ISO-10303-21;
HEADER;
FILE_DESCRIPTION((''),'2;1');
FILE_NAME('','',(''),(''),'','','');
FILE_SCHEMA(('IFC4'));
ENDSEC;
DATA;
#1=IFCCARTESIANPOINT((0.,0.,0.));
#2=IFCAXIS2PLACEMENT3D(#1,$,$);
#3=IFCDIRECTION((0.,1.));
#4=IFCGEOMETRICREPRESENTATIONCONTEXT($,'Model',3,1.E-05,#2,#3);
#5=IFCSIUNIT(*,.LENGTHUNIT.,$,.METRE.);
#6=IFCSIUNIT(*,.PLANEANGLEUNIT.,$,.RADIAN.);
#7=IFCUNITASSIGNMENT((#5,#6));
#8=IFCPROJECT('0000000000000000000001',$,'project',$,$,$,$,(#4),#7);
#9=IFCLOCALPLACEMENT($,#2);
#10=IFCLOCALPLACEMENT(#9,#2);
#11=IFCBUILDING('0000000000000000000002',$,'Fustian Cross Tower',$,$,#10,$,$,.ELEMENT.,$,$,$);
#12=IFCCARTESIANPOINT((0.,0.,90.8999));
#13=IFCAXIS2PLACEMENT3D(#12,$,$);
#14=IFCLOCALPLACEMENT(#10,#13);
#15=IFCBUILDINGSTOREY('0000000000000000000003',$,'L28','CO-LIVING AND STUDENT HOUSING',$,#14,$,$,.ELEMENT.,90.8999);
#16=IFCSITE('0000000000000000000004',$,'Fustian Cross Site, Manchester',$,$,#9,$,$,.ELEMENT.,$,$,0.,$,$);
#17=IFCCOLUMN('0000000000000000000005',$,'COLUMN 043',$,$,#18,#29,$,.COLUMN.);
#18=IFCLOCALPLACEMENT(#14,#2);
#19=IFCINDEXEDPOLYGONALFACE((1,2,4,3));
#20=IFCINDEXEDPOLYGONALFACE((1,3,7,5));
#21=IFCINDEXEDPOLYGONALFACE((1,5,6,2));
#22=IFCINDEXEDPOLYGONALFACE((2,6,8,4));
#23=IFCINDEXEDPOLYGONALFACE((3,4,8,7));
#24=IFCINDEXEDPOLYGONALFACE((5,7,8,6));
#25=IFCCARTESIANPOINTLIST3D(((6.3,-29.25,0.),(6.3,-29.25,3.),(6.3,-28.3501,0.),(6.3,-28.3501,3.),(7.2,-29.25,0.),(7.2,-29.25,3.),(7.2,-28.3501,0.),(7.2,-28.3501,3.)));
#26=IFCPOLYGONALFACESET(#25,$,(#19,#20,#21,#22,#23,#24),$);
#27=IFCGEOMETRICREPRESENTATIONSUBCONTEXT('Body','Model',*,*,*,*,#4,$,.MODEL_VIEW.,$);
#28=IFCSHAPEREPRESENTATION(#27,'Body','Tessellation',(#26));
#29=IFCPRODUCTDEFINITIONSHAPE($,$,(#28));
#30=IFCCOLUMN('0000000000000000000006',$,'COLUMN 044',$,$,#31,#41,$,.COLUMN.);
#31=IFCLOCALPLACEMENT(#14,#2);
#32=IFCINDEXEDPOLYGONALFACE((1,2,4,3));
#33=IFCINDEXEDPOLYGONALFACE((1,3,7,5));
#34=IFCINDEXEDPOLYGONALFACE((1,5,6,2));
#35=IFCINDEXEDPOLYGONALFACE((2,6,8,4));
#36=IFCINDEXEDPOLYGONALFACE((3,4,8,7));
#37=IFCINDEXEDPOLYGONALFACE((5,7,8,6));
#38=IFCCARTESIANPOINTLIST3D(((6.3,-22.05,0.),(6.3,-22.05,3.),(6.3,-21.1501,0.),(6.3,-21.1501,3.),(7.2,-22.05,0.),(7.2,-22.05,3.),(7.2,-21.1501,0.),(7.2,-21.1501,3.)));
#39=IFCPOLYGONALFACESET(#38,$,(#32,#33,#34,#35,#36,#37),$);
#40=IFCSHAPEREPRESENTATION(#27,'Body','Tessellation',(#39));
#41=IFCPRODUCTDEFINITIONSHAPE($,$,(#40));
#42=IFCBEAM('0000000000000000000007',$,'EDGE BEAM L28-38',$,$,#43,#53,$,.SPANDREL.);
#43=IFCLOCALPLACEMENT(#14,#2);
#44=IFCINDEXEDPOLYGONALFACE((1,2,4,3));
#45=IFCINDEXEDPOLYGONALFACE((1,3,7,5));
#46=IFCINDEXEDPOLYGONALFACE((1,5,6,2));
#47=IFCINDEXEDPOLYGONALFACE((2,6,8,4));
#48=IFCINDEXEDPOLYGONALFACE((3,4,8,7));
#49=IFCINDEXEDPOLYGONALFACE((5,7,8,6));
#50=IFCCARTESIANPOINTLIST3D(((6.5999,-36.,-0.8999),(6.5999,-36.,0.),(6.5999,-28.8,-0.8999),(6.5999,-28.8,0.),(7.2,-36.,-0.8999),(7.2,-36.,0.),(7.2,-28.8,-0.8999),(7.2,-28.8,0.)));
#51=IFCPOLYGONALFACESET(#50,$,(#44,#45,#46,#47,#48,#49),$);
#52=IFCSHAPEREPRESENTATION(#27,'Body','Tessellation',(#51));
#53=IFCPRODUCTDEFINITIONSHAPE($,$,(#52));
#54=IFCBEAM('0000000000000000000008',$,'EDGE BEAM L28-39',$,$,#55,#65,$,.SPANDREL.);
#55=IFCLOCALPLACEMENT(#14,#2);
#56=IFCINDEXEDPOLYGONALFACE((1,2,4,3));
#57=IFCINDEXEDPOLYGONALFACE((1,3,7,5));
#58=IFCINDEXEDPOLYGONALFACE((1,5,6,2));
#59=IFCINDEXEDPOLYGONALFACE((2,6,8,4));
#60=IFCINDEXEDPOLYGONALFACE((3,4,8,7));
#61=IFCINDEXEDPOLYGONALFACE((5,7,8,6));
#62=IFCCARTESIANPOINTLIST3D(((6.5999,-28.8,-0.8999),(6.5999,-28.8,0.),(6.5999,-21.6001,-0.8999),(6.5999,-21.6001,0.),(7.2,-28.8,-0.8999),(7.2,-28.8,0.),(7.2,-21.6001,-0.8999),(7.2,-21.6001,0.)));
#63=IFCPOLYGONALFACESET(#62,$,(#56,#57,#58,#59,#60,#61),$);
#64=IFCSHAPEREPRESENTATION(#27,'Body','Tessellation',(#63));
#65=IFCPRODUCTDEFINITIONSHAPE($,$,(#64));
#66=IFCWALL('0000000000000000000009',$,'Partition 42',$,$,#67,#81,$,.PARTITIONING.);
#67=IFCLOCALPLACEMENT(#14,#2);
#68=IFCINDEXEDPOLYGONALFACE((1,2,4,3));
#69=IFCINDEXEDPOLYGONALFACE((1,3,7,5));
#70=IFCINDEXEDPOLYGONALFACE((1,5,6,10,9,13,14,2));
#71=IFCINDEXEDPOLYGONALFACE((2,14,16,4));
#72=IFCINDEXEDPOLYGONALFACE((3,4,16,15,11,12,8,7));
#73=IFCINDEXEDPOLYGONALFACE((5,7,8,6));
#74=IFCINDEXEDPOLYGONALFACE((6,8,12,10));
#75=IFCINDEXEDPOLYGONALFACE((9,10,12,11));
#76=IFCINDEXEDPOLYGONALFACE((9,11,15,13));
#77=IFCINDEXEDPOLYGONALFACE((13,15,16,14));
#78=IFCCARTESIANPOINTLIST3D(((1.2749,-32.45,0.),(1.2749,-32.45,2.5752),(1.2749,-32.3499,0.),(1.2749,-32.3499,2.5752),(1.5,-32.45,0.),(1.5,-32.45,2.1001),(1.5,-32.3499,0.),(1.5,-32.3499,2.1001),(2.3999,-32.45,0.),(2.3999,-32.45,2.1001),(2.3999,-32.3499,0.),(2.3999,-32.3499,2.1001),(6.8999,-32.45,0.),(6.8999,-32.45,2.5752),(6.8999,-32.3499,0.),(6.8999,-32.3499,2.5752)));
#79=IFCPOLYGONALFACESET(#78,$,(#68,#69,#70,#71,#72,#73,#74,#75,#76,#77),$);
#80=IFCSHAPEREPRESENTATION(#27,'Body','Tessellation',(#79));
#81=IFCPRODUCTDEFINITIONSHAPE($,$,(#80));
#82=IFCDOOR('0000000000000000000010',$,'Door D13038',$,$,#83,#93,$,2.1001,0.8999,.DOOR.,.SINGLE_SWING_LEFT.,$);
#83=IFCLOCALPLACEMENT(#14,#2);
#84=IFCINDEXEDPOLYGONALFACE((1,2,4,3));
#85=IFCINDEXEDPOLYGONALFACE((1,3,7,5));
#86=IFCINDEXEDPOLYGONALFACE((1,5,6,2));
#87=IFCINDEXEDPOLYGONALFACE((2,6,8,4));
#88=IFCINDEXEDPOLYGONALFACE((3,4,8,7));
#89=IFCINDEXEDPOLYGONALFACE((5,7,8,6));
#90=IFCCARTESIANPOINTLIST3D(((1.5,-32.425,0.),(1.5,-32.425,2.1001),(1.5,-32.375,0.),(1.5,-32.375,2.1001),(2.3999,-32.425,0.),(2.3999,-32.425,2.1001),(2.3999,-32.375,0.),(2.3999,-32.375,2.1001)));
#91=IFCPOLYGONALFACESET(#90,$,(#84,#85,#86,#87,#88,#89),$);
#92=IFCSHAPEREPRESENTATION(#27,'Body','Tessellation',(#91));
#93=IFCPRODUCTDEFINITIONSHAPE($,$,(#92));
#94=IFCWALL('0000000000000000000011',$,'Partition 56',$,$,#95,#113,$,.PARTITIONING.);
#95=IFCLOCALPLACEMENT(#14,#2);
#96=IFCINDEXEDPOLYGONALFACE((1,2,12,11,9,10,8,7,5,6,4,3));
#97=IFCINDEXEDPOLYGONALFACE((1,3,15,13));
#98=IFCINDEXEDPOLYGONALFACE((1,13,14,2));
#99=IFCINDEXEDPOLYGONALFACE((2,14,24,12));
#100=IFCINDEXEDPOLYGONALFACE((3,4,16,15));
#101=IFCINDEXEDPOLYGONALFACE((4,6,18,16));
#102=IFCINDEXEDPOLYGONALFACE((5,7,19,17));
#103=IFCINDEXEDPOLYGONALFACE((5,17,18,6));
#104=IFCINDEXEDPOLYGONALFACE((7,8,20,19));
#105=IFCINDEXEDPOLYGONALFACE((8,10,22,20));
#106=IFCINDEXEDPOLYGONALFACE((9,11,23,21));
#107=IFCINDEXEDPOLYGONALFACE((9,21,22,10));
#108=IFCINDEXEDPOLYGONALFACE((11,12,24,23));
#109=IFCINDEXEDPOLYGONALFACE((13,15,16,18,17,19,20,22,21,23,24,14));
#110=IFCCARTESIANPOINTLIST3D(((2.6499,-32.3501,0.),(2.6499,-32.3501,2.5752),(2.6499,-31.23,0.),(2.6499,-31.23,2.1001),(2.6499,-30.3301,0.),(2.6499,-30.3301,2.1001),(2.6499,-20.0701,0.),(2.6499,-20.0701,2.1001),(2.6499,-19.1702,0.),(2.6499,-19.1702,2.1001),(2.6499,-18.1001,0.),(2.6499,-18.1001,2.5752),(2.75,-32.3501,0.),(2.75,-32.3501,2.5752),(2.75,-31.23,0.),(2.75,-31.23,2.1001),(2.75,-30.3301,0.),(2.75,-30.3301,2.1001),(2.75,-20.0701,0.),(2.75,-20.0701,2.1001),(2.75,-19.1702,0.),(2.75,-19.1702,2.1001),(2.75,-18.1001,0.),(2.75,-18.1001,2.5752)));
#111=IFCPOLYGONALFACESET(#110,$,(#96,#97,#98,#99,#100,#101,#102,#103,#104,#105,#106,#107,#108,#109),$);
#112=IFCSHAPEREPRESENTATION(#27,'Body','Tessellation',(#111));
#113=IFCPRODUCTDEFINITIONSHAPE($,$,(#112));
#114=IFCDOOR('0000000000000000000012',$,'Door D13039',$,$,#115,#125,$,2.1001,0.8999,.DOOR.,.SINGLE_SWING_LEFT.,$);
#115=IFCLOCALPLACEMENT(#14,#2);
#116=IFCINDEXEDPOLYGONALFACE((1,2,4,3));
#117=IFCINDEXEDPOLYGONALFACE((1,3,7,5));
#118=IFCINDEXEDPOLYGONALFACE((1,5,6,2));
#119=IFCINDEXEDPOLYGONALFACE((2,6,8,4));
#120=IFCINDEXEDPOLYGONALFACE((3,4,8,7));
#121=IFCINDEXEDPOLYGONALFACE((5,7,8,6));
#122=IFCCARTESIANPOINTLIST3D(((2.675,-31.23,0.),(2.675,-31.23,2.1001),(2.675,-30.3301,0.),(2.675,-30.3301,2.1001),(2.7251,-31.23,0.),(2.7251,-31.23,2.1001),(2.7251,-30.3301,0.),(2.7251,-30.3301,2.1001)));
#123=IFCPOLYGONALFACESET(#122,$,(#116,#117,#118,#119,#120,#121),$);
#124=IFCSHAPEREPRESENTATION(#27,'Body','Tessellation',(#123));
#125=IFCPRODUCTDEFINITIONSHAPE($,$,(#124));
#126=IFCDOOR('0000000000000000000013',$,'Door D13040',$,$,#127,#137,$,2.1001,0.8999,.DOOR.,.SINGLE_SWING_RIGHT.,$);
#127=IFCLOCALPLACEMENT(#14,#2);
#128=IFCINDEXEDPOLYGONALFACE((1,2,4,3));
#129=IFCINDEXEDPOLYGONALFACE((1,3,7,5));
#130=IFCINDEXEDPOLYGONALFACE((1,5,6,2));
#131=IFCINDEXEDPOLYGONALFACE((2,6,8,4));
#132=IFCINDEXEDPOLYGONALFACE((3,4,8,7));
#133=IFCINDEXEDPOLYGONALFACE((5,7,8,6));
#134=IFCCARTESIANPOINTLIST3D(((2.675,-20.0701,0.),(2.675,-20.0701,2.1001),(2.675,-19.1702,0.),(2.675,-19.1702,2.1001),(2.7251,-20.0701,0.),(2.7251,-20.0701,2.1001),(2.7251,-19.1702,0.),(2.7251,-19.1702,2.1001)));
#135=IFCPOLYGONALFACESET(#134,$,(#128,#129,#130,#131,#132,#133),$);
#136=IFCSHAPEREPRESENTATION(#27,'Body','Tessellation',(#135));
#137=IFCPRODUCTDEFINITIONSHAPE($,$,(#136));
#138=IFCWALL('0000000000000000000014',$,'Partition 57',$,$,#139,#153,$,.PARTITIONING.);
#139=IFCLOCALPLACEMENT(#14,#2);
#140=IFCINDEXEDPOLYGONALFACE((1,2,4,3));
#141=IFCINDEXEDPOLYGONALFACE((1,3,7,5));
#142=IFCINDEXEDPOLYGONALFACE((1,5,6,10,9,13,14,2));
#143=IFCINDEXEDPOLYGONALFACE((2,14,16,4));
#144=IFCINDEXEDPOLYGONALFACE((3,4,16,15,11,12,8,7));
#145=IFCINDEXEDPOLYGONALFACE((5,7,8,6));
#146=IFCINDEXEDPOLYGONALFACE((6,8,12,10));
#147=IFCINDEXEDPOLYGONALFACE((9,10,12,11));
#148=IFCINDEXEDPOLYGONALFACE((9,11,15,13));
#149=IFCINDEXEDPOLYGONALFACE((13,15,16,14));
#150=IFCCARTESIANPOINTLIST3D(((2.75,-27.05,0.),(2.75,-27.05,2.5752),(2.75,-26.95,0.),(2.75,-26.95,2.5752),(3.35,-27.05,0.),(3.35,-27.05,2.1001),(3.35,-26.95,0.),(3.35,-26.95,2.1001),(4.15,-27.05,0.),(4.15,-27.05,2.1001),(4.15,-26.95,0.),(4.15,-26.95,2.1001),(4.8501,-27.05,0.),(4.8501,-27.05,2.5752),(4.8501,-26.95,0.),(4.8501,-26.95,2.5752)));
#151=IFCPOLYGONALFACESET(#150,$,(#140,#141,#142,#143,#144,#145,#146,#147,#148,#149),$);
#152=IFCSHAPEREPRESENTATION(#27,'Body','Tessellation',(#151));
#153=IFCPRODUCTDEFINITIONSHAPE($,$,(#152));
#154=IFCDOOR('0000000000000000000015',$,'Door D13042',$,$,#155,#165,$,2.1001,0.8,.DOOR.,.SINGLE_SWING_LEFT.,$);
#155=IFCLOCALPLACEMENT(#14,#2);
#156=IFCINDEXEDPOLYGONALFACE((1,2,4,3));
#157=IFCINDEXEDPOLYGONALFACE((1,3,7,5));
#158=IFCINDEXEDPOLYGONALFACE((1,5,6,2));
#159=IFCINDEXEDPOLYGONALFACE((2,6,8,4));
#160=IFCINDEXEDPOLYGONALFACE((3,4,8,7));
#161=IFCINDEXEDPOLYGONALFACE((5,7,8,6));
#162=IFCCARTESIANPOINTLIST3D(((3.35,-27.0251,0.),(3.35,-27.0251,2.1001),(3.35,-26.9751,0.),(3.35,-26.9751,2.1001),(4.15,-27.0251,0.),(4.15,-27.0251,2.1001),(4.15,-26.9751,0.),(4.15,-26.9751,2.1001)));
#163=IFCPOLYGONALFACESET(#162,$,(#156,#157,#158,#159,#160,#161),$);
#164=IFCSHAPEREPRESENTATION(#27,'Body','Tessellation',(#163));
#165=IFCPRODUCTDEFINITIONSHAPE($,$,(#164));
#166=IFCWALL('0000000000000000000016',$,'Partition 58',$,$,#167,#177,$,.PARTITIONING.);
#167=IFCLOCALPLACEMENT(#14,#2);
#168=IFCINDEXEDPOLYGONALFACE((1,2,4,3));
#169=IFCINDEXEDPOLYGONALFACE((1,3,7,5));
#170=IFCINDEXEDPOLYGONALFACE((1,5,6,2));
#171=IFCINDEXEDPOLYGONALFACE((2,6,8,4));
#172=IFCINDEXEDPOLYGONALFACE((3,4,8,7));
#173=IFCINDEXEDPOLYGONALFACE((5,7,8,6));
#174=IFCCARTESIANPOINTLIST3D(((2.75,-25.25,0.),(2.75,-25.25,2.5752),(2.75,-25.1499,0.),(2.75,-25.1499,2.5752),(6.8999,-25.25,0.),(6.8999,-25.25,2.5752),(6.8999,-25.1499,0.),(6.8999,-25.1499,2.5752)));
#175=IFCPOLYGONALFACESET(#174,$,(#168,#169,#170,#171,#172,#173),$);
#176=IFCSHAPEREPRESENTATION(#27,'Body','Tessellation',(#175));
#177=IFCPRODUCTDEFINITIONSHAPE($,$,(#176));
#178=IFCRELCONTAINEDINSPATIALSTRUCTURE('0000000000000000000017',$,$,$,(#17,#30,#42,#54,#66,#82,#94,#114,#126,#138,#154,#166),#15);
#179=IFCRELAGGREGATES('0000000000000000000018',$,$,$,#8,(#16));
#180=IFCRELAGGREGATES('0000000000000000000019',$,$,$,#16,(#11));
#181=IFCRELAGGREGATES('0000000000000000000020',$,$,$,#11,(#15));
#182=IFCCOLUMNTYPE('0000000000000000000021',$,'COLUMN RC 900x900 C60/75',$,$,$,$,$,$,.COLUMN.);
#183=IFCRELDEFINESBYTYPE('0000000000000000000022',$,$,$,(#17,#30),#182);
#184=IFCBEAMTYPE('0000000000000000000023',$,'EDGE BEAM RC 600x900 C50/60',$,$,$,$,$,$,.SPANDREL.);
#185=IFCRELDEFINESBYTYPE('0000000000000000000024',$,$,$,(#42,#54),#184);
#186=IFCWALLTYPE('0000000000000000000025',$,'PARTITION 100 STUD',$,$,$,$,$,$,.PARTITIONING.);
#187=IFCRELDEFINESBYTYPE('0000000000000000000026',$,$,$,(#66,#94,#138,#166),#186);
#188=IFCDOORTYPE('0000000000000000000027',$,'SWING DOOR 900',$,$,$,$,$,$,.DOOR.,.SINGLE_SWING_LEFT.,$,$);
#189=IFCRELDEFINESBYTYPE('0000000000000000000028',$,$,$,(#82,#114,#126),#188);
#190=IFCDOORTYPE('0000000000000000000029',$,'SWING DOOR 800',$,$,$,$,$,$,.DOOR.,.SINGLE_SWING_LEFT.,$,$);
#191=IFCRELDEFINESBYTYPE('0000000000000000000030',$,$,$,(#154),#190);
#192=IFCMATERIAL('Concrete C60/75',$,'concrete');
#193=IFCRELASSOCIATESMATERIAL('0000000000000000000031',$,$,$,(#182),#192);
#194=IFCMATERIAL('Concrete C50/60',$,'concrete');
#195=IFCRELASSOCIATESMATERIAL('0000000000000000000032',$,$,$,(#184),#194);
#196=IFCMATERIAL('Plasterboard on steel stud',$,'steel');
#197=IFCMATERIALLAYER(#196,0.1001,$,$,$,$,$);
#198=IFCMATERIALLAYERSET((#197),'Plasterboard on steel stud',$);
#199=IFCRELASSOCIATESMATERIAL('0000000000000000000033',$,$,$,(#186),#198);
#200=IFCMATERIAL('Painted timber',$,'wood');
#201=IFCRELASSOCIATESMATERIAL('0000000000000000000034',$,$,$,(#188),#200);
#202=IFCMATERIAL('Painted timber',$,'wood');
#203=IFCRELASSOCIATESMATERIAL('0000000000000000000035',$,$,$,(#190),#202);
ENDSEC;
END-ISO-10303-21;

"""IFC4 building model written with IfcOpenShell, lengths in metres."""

from ifc_helpers import new_model, si_unit, direction, frame, frame_2d, origin, origin_2d, place, context, subcontext, project, spatial, rectangle, extrude, material, layer, layer_set, material_profile, profile_set, type_object, element, fill, save


model = new_model("IFC4")

# Units and contexts
model_context = context("Model", 3, precision=1e-05, world=origin(), true_north=direction((0.0, 1.0)))
body_context = subcontext(model_context, "Body", "Model", "MODEL_VIEW")
ifc_project = project(units=[si_unit("LENGTHUNIT", "METRE"), si_unit("PLANEANGLEUNIT", "RADIAN")], contexts=[model_context])

# Site, building, storey
site_placement = place(None, origin())
site = spatial("IfcSite", under=ifc_project, at=site_placement, Name="Fustian Cross Site, Manchester", CompositionType="ELEMENT", RefElevation=0.0)
building_placement = place(site_placement, origin())
building = spatial("IfcBuilding", under=site, at=building_placement, Name="Fustian Cross Tower", CompositionType="ELEMENT")
storey_placement = place(building_placement, frame((0.0, 0.0, 90.8999)))
storey = spatial("IfcBuildingStorey", under=building, at=storey_placement, Name="L28", Description="CO-LIVING AND STUDENT HOUSING", CompositionType="ELEMENT", Elevation=90.8999)

# Columns
ifc_material_1 = material(Name="Concrete C60/75", Category="concrete")
ifc_material_profile_1 = material_profile(ifc_material_1, rectangle(XDim=0.8999, YDim=0.8999, at=origin_2d()), Name="RC 900x900")
ifc_profile_set_1 = profile_set([ifc_material_profile_1], Name="Concrete C60/75")
column_type = type_object("IfcColumnType", Name="COLUMN RC 900x900 C60/75", PredefinedType="COLUMN", material=ifc_profile_set_1)
for number, where, z_axis, x_axis, name in (
    (1, (6.75, -28.8, 0.0), (0.0, 0.0, 1.0), (1.0, 0.0, 0.0), "COLUMN 043"),
    (2, (6.75, -21.6001, 0.0), (0.0, 0.0, 1.0), (1.0, 0.0, 0.0), "COLUMN 044"),
):
    element("IfcColumn", number, at=place(storey_placement, frame(where, z_axis=z_axis, x_axis=x_axis)), inside=storey, type_object=column_type, Name=name, PredefinedType="COLUMN", context=body_context, shape_type="SweptSolid", body=[
        extrude(rectangle(XDim=0.8999, YDim=0.8999, at=origin_2d()), origin(), (0.0, 0.0, 1.0), 3.0),
    ])

# Beams
ifc_material_2 = material(Name="Concrete C50/60", Category="concrete")
ifc_material_profile_2 = material_profile(ifc_material_2, rectangle(XDim=0.6001, YDim=0.8999, at=origin_2d()), Name="RC 600x900")
ifc_profile_set_2 = profile_set([ifc_material_profile_2], Name="Concrete C50/60")
beam_type = type_object("IfcBeamType", Name="EDGE BEAM RC 600x900 C50/60", PredefinedType="SPANDREL", material=ifc_profile_set_2)
for number, where, z_axis, x_axis, name in (
    (3, (6.8999, -36.0, -0.45), (0.0, 1.0, 0.0), (-1.0, 0.0, 0.0), "EDGE BEAM L28-38"),
    (4, (6.8999, -28.8, -0.45), (0.0, 1.0, 0.0), (-1.0, 0.0, 0.0), "EDGE BEAM L28-39"),
):
    element("IfcBeam", number, at=place(storey_placement, frame(where, z_axis=z_axis, x_axis=x_axis)), inside=storey, type_object=beam_type, Name=name, PredefinedType="SPANDREL", context=body_context, shape_type="SweptSolid", body=[
        extrude(rectangle(XDim=0.6001, YDim=0.8999, at=origin_2d()), origin(), (0.0, 0.0, 1.0), 7.2),
    ])

# Wall, opening, door
ifc_material_3 = material(Name="Plasterboard on steel stud", Category="steel")
ifc_layer_1 = layer(ifc_material_3, 0.1001)
ifc_layer_set_1 = layer_set([ifc_layer_1], Name="Plasterboard on steel stud")
wall_type_1 = type_object("IfcWallType", Name="PARTITION 100 STUD", PredefinedType="PARTITIONING", material=ifc_layer_set_1)
wall_1_placement = place(storey_placement, frame((1.2749, -32.3999, 0.0), z_axis=(0.0, 0.0, 1.0), x_axis=(1.0, 0.0, 0.0)))
wall_1 = element("IfcWall", 5, at=wall_1_placement, inside=storey, type_object=wall_type_1, Name="Partition 42", PredefinedType="PARTITIONING", context=body_context, shape_type="SweptSolid", body=[
    extrude(rectangle(XDim=5.625, YDim=0.1001, at=frame_2d((2.8125, 0.0))), origin(), (0.0, 0.0, 1.0), 2.5752),
])
opening_1_placement = place(wall_1_placement, frame((0.2251, 0.0, 0.0)))
opening_1 = element("IfcOpeningElement", 6, at=opening_1_placement, cuts=wall_1, PredefinedType="OPENING", context=body_context, shape_type="SweptSolid", body=[
    extrude(rectangle(XDim=0.8999, YDim=2.1001, at=frame_2d((0.45, 1.05))), frame((0.0, 0.0601, 0.0), z_axis=(0.0, -1.0, 0.0), x_axis=(1.0, 0.0, 0.0)), (0.0, 0.0, 1.0), 0.1201),
])
ifc_material_4 = material(Name="Painted timber", Category="wood")
door_type_1 = type_object("IfcDoorType", Name="SWING DOOR 900", OperationType="SINGLE_SWING_LEFT", PredefinedType="DOOR", material=ifc_material_4)
door_1_placement = place(opening_1_placement, origin())
door_1 = element("IfcDoor", 7, at=door_1_placement, inside=storey, type_object=door_type_1, Name="Door D13038", OperationType="SINGLE_SWING_LEFT", OverallHeight=2.1001, OverallWidth=0.8999, PredefinedType="DOOR", context=body_context, shape_type="SweptSolid", body=[
    extrude(rectangle(XDim=0.8999, YDim=2.1001, at=frame_2d((0.45, 1.05))), frame((0.0, 0.0249, 0.0), z_axis=(0.0, -1.0, 0.0), x_axis=(1.0, 0.0, 0.0)), (0.0, 0.0, 1.0), 0.05),
])
fill(opening_1, door_1)

# Wall, openings, doors
wall_2_placement = place(storey_placement, frame((2.7, -32.3501, 0.0), z_axis=(0.0, 0.0, 1.0), x_axis=(0.0, 1.0, 0.0)))
wall_2 = element("IfcWall", 8, at=wall_2_placement, inside=storey, type_object=wall_type_1, Name="Partition 56", PredefinedType="PARTITIONING", context=body_context, shape_type="SweptSolid", body=[
    extrude(rectangle(XDim=14.25, YDim=0.1001, at=frame_2d((7.125, 0.0))), origin(), (0.0, 0.0, 1.0), 2.5752),
])
opening_2_placement = place(wall_2_placement, frame((1.1201, 0.0, 0.0)))
opening_2 = element("IfcOpeningElement", 9, at=opening_2_placement, cuts=wall_2, PredefinedType="OPENING", context=body_context, shape_type="SweptSolid", body=[
    extrude(rectangle(XDim=0.8999, YDim=2.1001, at=frame_2d((0.45, 1.05))), frame((0.0, 0.0601, 0.0), z_axis=(0.0, -1.0, 0.0), x_axis=(1.0, 0.0, 0.0)), (0.0, 0.0, 1.0), 0.1201),
])
opening_3_placement = place(wall_2_placement, frame((12.28, 0.0, 0.0)))
opening_3 = element("IfcOpeningElement", 10, at=opening_3_placement, cuts=wall_2, PredefinedType="OPENING", context=body_context, shape_type="SweptSolid", body=[
    extrude(rectangle(XDim=0.8999, YDim=2.1001, at=frame_2d((0.45, 1.05))), frame((0.0, 0.0601, 0.0), z_axis=(0.0, -1.0, 0.0), x_axis=(1.0, 0.0, 0.0)), (0.0, 0.0, 1.0), 0.1201),
])
door_2_placement = place(opening_2_placement, origin())
door_2 = element("IfcDoor", 11, at=door_2_placement, inside=storey, type_object=door_type_1, Name="Door D13039", OperationType="SINGLE_SWING_LEFT", OverallHeight=2.1001, OverallWidth=0.8999, PredefinedType="DOOR", context=body_context, shape_type="SweptSolid", body=[
    extrude(rectangle(XDim=0.8999, YDim=2.1001, at=frame_2d((0.45, 1.05))), frame((0.0, 0.0249, 0.0), z_axis=(0.0, -1.0, 0.0), x_axis=(1.0, 0.0, 0.0)), (0.0, 0.0, 1.0), 0.05),
])
fill(opening_2, door_2)
door_3_placement = place(opening_3_placement, origin())
door_3 = element("IfcDoor", 12, at=door_3_placement, inside=storey, type_object=door_type_1, Name="Door D13040", OperationType="SINGLE_SWING_RIGHT", OverallHeight=2.1001, OverallWidth=0.8999, PredefinedType="DOOR", context=body_context, shape_type="SweptSolid", body=[
    extrude(rectangle(XDim=0.8999, YDim=2.1001, at=frame_2d((0.45, 1.05))), frame((0.0, 0.0249, 0.0), z_axis=(0.0, -1.0, 0.0), x_axis=(1.0, 0.0, 0.0)), (0.0, 0.0, 1.0), 0.05),
])
fill(opening_3, door_3)

# Wall, opening, door
wall_3_placement = place(storey_placement, frame((2.75, -27.0, 0.0), z_axis=(0.0, 0.0, 1.0), x_axis=(1.0, 0.0, 0.0)))
wall_3 = element("IfcWall", 13, at=wall_3_placement, inside=storey, type_object=wall_type_1, Name="Partition 57", PredefinedType="PARTITIONING", context=body_context, shape_type="SweptSolid", body=[
    extrude(rectangle(XDim=2.1001, YDim=0.1001, at=frame_2d((1.05, 0.0))), origin(), (0.0, 0.0, 1.0), 2.5752),
])
opening_4_placement = place(wall_3_placement, frame((0.6001, 0.0, 0.0)))
opening_4 = element("IfcOpeningElement", 14, at=opening_4_placement, cuts=wall_3, PredefinedType="OPENING", context=body_context, shape_type="SweptSolid", body=[
    extrude(rectangle(XDim=0.8, YDim=2.1001, at=frame_2d((0.3999, 1.05))), frame((0.0, 0.0601, 0.0), z_axis=(0.0, -1.0, 0.0), x_axis=(1.0, 0.0, 0.0)), (0.0, 0.0, 1.0), 0.1201),
])
ifc_material_5 = material(Name="Painted timber", Category="wood")
door_type_2 = type_object("IfcDoorType", Name="SWING DOOR 800", OperationType="SINGLE_SWING_LEFT", PredefinedType="DOOR", material=ifc_material_5)
door_4_placement = place(opening_4_placement, origin())
door_4 = element("IfcDoor", 15, at=door_4_placement, inside=storey, type_object=door_type_2, Name="Door D13042", OperationType="SINGLE_SWING_LEFT", OverallHeight=2.1001, OverallWidth=0.8, PredefinedType="DOOR", context=body_context, shape_type="SweptSolid", body=[
    extrude(rectangle(XDim=0.8, YDim=2.1001, at=frame_2d((0.3999, 1.05))), frame((0.0, 0.0249, 0.0), z_axis=(0.0, -1.0, 0.0), x_axis=(1.0, 0.0, 0.0)), (0.0, 0.0, 1.0), 0.05),
])
fill(opening_4, door_4)

# Wall
wall_4_placement = place(storey_placement, frame((2.75, -25.2, 0.0), z_axis=(0.0, 0.0, 1.0), x_axis=(1.0, 0.0, 0.0)))
element("IfcWall", 16, at=wall_4_placement, inside=storey, type_object=wall_type_1, Name="Partition 58", PredefinedType="PARTITIONING", context=body_context, shape_type="SweptSolid", body=[
    extrude(rectangle(XDim=4.1499, YDim=0.1001, at=frame_2d((2.075, 0.0))), origin(), (0.0, 0.0, 1.0), 2.5752),
])

save(model, "model.ifc")
